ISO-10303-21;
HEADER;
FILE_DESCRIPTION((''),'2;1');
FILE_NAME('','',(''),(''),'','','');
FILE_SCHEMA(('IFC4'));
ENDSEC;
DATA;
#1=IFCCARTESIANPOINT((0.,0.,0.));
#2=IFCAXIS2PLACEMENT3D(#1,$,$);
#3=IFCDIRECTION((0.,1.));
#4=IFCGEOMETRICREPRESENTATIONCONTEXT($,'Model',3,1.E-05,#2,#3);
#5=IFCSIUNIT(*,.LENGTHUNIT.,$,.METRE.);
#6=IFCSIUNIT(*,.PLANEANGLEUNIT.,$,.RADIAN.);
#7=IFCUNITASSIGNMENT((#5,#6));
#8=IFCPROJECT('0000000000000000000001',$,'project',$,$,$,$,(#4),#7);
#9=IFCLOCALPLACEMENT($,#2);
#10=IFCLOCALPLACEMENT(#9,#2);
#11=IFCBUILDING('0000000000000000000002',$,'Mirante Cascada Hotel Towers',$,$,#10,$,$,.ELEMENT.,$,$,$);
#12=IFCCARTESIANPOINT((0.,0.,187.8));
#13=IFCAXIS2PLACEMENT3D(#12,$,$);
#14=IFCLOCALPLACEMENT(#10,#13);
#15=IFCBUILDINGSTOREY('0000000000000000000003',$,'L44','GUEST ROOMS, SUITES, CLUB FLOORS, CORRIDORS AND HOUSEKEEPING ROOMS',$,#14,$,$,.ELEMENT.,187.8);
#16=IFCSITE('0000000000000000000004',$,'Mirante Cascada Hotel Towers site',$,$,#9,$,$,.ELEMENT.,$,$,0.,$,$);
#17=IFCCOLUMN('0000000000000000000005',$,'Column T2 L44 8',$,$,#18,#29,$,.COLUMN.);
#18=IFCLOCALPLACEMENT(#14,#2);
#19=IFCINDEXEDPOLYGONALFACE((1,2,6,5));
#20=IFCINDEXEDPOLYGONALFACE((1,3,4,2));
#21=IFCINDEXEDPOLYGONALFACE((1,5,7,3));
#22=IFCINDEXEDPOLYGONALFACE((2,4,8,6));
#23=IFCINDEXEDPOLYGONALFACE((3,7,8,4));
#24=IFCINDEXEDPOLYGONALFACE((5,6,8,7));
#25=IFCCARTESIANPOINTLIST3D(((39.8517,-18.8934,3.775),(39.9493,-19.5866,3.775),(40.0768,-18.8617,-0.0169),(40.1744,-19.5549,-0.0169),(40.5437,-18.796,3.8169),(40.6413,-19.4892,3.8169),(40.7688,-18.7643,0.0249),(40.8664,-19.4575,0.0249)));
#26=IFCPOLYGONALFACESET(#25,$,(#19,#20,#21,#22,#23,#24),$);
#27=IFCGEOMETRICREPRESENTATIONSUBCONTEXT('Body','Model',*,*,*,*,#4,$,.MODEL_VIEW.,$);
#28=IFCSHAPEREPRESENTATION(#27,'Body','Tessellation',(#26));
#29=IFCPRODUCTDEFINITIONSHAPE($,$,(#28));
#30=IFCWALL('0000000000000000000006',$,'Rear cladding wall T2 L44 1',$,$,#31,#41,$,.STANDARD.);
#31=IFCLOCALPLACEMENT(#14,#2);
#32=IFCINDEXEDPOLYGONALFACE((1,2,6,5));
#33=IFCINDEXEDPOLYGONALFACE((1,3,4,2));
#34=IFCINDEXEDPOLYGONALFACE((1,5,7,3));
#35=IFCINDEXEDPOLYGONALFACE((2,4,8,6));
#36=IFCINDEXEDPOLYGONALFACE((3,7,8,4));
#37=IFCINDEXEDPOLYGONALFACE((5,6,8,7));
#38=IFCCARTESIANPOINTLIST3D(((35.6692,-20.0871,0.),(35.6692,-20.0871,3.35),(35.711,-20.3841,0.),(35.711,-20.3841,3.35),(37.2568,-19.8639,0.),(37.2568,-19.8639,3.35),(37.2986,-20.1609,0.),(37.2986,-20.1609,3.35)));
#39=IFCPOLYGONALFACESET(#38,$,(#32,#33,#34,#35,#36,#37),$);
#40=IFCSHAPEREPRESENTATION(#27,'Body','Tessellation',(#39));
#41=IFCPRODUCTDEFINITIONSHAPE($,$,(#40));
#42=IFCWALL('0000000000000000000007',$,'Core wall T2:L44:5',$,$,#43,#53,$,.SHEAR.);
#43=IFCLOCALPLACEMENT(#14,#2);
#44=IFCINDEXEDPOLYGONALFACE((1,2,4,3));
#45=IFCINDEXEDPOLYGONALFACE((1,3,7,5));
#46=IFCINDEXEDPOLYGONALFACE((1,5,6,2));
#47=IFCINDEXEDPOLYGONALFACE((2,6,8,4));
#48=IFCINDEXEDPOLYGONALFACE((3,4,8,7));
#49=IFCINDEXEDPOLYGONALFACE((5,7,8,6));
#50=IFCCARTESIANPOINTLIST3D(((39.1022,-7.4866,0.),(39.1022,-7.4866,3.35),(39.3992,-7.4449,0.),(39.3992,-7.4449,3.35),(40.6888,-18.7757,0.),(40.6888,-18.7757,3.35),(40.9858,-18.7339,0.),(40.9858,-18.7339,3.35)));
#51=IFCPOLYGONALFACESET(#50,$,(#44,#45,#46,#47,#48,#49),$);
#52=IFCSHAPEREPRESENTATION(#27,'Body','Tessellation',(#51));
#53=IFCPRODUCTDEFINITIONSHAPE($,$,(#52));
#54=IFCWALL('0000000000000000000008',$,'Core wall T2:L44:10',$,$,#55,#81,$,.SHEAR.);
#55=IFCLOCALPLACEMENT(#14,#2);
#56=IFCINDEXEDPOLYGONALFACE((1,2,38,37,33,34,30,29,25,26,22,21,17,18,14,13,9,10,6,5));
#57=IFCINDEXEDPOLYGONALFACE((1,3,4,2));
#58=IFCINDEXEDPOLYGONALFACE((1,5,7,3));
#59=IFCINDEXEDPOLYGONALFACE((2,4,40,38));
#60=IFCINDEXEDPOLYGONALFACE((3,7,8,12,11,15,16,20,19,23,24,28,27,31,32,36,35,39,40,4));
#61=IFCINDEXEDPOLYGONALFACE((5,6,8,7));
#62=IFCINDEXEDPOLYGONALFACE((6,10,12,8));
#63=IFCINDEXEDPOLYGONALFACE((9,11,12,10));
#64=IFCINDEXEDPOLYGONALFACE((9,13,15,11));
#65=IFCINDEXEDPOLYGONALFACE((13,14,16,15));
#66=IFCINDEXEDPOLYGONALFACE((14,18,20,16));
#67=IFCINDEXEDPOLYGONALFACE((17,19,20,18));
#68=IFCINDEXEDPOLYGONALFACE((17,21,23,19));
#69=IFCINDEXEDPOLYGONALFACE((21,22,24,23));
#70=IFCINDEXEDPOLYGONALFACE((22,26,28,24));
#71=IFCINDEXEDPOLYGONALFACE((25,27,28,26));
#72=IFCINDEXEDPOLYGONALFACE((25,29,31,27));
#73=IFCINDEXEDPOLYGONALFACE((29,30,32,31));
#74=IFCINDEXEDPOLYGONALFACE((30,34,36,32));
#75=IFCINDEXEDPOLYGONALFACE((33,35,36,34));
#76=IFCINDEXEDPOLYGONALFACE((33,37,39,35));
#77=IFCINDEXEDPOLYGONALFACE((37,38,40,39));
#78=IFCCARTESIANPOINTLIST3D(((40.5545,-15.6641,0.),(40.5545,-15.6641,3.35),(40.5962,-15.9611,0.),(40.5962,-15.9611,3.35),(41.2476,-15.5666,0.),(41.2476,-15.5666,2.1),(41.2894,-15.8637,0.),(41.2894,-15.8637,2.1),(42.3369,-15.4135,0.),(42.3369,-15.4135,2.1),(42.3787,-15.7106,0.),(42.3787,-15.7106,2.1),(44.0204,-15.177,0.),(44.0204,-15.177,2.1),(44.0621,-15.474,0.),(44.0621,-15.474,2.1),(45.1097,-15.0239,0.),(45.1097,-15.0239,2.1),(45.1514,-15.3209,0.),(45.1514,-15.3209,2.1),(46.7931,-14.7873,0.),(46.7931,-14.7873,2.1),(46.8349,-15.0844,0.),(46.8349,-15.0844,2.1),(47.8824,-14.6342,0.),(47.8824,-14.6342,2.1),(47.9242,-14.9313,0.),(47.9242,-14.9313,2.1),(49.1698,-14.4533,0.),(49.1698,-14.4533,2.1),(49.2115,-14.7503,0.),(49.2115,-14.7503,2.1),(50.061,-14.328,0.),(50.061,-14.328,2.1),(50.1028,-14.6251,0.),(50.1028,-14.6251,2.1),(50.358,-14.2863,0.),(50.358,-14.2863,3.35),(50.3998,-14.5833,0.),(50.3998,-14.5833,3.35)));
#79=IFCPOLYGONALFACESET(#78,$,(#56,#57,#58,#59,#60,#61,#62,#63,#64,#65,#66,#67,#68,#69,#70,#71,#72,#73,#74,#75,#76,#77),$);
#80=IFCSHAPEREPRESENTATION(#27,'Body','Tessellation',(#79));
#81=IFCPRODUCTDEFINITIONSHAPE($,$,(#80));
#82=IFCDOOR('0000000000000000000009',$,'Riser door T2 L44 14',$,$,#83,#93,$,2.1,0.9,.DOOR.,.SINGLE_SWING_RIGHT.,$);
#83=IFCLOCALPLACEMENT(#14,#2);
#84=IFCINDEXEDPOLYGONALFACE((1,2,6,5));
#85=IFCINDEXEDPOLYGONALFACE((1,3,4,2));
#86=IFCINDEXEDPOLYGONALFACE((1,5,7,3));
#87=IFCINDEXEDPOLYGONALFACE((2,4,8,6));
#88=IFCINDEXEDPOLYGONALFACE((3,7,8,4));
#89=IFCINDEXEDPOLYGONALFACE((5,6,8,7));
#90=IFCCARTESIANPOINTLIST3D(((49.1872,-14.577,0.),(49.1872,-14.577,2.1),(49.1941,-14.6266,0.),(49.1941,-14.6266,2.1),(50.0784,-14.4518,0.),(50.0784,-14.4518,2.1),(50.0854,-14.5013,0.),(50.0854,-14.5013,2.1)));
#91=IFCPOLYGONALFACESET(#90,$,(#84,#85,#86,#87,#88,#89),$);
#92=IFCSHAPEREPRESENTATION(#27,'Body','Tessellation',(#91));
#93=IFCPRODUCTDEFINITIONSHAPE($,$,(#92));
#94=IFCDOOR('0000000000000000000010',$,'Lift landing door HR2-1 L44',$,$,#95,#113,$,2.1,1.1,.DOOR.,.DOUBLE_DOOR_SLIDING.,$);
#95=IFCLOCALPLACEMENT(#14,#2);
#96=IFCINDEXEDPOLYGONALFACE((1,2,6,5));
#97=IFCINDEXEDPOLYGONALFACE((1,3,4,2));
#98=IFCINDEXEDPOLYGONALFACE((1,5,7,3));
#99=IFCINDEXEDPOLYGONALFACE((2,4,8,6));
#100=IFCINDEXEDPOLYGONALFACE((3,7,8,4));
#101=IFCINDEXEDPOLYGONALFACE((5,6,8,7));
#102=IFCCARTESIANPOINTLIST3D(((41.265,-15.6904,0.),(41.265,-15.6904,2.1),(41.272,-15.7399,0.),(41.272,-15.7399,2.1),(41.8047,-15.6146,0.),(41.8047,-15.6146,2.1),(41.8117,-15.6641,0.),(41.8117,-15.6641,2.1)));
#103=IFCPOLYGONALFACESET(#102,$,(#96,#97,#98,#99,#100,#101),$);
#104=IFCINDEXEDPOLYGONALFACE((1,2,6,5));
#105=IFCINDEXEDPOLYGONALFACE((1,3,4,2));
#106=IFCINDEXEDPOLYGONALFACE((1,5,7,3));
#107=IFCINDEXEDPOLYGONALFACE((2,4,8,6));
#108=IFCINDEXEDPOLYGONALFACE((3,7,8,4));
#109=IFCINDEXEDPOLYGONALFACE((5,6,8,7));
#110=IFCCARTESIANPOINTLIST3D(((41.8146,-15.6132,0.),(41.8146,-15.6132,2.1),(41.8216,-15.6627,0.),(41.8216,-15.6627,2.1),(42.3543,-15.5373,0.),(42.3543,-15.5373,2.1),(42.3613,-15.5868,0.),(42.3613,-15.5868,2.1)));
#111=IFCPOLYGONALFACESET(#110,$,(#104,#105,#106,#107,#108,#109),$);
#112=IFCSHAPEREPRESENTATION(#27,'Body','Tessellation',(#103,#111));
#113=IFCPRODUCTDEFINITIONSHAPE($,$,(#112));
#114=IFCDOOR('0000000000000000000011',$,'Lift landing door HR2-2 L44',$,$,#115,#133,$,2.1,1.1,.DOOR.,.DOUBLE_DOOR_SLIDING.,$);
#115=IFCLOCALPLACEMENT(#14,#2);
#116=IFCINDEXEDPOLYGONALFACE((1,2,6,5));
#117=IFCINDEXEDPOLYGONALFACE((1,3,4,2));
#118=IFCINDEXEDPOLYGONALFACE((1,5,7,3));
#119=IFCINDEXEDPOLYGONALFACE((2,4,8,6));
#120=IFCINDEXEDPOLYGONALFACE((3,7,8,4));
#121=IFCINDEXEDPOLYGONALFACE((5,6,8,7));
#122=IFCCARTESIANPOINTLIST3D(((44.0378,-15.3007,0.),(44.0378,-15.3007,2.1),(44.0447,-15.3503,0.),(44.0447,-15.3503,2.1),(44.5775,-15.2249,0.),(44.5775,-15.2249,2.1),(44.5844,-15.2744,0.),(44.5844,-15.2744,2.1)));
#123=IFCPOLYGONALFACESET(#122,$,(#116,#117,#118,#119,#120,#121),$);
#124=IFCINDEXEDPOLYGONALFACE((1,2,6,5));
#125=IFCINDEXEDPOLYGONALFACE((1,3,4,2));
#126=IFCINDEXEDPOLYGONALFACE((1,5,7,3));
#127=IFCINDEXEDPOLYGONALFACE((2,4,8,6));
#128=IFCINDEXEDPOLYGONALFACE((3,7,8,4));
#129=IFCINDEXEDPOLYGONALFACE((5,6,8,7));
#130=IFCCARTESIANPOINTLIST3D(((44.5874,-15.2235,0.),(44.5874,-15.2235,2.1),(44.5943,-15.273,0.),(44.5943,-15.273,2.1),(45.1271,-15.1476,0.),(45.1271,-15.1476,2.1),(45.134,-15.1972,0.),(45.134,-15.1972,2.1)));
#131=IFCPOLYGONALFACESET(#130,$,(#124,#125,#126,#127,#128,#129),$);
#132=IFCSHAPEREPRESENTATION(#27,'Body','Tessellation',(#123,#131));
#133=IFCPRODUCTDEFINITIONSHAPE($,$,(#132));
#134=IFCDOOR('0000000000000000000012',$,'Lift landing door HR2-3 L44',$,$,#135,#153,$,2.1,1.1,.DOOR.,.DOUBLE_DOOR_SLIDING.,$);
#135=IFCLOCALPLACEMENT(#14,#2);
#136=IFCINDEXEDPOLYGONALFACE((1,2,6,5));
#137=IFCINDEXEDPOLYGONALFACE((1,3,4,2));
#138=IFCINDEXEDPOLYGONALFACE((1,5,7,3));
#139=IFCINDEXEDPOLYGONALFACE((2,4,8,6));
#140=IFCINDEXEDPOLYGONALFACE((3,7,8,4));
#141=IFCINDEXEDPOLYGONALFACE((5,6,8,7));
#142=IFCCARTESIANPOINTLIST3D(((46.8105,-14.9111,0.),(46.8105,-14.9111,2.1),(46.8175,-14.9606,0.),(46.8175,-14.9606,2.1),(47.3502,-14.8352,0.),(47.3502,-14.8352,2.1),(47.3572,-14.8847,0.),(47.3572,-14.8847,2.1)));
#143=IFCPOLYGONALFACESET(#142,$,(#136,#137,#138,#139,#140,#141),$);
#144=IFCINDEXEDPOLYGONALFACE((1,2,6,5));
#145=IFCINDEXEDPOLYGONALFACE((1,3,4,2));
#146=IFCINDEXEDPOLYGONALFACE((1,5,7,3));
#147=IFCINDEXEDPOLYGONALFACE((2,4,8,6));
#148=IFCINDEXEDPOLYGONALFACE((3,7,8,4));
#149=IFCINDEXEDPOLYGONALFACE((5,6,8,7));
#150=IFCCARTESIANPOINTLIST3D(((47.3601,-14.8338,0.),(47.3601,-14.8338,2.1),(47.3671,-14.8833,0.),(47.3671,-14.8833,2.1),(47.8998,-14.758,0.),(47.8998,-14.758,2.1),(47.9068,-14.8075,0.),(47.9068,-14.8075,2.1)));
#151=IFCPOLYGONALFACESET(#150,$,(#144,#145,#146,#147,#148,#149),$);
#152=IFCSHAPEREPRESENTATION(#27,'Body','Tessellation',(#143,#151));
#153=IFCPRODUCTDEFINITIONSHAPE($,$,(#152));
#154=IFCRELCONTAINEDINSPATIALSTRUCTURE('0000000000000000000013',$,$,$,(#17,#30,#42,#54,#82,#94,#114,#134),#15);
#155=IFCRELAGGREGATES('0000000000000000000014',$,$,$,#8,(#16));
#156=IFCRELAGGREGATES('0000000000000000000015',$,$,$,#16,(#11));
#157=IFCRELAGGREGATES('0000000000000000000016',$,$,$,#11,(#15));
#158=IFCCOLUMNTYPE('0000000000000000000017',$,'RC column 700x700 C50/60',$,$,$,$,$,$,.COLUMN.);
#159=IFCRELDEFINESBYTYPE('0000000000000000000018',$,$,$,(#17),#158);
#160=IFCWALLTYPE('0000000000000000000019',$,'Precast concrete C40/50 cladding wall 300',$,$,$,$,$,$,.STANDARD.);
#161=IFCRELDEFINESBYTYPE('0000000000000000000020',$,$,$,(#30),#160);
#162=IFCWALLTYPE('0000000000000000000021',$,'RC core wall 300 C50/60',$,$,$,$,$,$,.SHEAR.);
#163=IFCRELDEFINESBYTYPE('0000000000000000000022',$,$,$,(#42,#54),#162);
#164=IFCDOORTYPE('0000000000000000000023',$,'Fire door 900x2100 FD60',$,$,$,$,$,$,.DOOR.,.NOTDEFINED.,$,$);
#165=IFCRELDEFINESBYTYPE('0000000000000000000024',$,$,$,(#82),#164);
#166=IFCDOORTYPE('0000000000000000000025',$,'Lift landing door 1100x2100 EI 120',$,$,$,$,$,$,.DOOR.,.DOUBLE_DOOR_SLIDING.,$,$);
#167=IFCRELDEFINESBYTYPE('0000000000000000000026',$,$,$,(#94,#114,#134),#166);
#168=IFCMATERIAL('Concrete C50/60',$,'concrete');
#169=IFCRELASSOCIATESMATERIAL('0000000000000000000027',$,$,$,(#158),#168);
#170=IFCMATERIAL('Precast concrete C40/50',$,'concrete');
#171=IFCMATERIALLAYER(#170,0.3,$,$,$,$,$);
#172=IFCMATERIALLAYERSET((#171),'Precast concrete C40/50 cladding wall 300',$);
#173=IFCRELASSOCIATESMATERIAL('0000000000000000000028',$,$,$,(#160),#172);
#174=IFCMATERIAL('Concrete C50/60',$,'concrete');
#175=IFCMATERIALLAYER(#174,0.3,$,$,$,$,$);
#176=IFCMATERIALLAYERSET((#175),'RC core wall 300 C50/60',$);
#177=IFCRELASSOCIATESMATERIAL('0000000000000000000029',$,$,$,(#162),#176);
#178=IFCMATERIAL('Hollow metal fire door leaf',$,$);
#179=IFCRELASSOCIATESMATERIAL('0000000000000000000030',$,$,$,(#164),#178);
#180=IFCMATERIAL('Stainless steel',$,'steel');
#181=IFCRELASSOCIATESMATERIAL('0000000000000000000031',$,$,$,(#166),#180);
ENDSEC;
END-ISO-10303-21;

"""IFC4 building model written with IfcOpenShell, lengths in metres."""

from ifc_helpers import new_model, si_unit, direction, frame, frame_2d, origin, origin_2d, place, context, subcontext, project, spatial, rectangle, extrude, material, layer, layer_set, material_profile, profile_set, type_object, element, fill, save


model = new_model("IFC4")

# Units and contexts
model_context = context("Model", 3, precision=1e-05, world=origin(), true_north=direction((0.0, 1.0)))
body_context = subcontext(model_context, "Body", "Model", "MODEL_VIEW")
ifc_project = project(units=[si_unit("LENGTHUNIT", "METRE"), si_unit("PLANEANGLEUNIT", "RADIAN")], contexts=[model_context])

# Site, building, storey
site_placement = place(None, origin())
site = spatial("IfcSite", under=ifc_project, at=site_placement, Name="Mirante Cascada Hotel Towers site", CompositionType="ELEMENT", RefElevation=0.0)
building_placement = place(site_placement, origin())
building = spatial("IfcBuilding", under=site, at=building_placement, Name="Mirante Cascada Hotel Towers", CompositionType="ELEMENT")
storey_placement = place(building_placement, frame((0.0, 0.0, 187.8)))
storey = spatial("IfcBuildingStorey", under=building, at=storey_placement, Name="L44", Description="GUEST ROOMS, SUITES, CLUB FLOORS, CORRIDORS AND HOUSEKEEPING ROOMS", CompositionType="ELEMENT", Elevation=187.8)

# Column
ifc_material_1 = material(Name="Concrete C50/60", Category="concrete")
ifc_material_profile = material_profile(ifc_material_1, rectangle(XDim=0.7, YDim=0.7, at=origin_2d()), Name="RC column 700x700 C50/60")
ifc_profile_set = profile_set([ifc_material_profile], Name="Concrete C50/60")
column_type = type_object("IfcColumnType", Name="RC column 700x700 C50/60", PredefinedType="COLUMN", material=ifc_profile_set)
column_placement = place(storey_placement, frame((40.4716, -19.1596, 0.004), z_axis=(-0.059255, -0.008345, 0.998208), x_axis=(0.13945, -0.990229, 0.0)))
element("IfcColumn", 1, at=column_placement, inside=storey, type_object=column_type, Name="Column T2 L44 8", PredefinedType="COLUMN", context=body_context, shape_type="SweptSolid", body=[
    extrude(rectangle(XDim=0.7, YDim=0.7, at=origin_2d()), origin(), (0.0, 0.0, 1.0), 3.7988),
])

# Walls
ifc_material_2 = material(Name="Precast concrete C40/50", Category="concrete")
ifc_layer_1 = layer(ifc_material_2, 0.3)
ifc_layer_set_1 = layer_set([ifc_layer_1], Name="Precast concrete C40/50 cladding wall 300")
wall_type_1 = type_object("IfcWallType", Name="Precast concrete C40/50 cladding wall 300", PredefinedType="STANDARD", material=ifc_layer_set_1)
wall_1_placement = place(storey_placement, frame((35.6901, -20.2356, 0.0), z_axis=(0.0, 0.0, 1.0), x_axis=(0.990261, 0.13922, 0.0)))
element("IfcWall", 2, at=wall_1_placement, inside=storey, type_object=wall_type_1, Name="Rear cladding wall T2 L44 1", PredefinedType="STANDARD", context=body_context, shape_type="SweptSolid", body=[
    extrude(rectangle(XDim=1.6032, YDim=0.3, at=frame_2d((0.8016, 0.0))), origin(), (0.0, 0.0, 1.0), 3.35),
])
ifc_material_3 = material(Name="Concrete C50/60", Category="concrete")
ifc_layer_2 = layer(ifc_material_3, 0.3)
ifc_layer_set_2 = layer_set([ifc_layer_2], Name="RC core wall 300 C50/60")
wall_type_2 = type_object("IfcWallType", Name="RC core wall 300 C50/60", PredefinedType="SHEAR", material=ifc_layer_set_2)
wall_2_placement = place(storey_placement, frame((40.8373, -18.7548, 0.0), z_axis=(0.0, 0.0, 1.0), x_axis=(-0.139175, 0.990268, 0.0)))
element("IfcWall", 3, at=wall_2_placement, inside=storey, type_object=wall_type_2, Name="Core wall T2:L44:5", PredefinedType="SHEAR", context=body_context, shape_type="SweptSolid", body=[
    extrude(rectangle(XDim=11.4, YDim=0.3, at=frame_2d((5.7, 0.0))), origin(), (0.0, 0.0, 1.0), 3.35),
])

# Wall, openings, doors
wall_3_placement = place(storey_placement, frame((40.5753, -15.8126, 0.0), z_axis=(0.0, 0.0, 1.0), x_axis=(0.990268, 0.139173, 0.0)))
wall_3 = element("IfcWall", 4, at=wall_3_placement, inside=storey, type_object=wall_type_2, Name="Core wall T2:L44:10", PredefinedType="SHEAR", context=body_context, shape_type="SweptSolid", body=[
    extrude(rectangle(XDim=9.8999, YDim=0.3, at=frame_2d((4.95, 0.0))), origin(), (0.0, 0.0, 1.0), 3.35),
])
opening_1_placement = place(wall_3_placement, frame((0.7, 0.0, 0.0)))
opening_1 = element("IfcOpeningElement", 5, at=opening_1_placement, cuts=wall_3, PredefinedType="OPENING", context=body_context, shape_type="SweptSolid", body=[
    extrude(rectangle(XDim=1.1, YDim=2.1, at=frame_2d((0.55, 1.05))), frame((0.0, 0.15, 0.0), z_axis=(0.0, -1.0, 0.0), x_axis=(1.0, 0.0, 0.0)), (0.0, 0.0, 1.0), 0.3),
])
opening_2_placement = place(wall_3_placement, frame((3.5, 0.0, 0.0)))
opening_2 = element("IfcOpeningElement", 6, at=opening_2_placement, cuts=wall_3, PredefinedType="OPENING", context=body_context, shape_type="SweptSolid", body=[
    extrude(rectangle(XDim=1.1, YDim=2.1, at=frame_2d((0.55, 1.05))), frame((0.0, 0.15, 0.0), z_axis=(0.0, -1.0, 0.0), x_axis=(1.0, 0.0, 0.0)), (0.0, 0.0, 1.0), 0.3),
])
opening_3_placement = place(wall_3_placement, frame((6.3, 0.0, 0.0)))
opening_3 = element("IfcOpeningElement", 7, at=opening_3_placement, cuts=wall_3, PredefinedType="OPENING", context=body_context, shape_type="SweptSolid", body=[
    extrude(rectangle(XDim=1.1, YDim=2.1, at=frame_2d((0.55, 1.05))), frame((0.0, 0.15, 0.0), z_axis=(0.0, -1.0, 0.0), x_axis=(1.0, 0.0, 0.0)), (0.0, 0.0, 1.0), 0.3),
])
opening_4_placement = place(wall_3_placement, frame((8.7, 0.0, 0.0)))
opening_4 = element("IfcOpeningElement", 8, at=opening_4_placement, cuts=wall_3, PredefinedType="OPENING", context=body_context, shape_type="SweptSolid", body=[
    extrude(rectangle(XDim=0.9, YDim=2.1, at=frame_2d((0.45, 1.05))), frame((0.0, 0.15, 0.0), z_axis=(0.0, -1.0, 0.0), x_axis=(1.0, 0.0, 0.0)), (0.0, 0.0, 1.0), 0.3),
])
ifc_material_4 = material(Name="Hollow metal fire door leaf")
door_type_1 = type_object("IfcDoorType", Name="Fire door 900x2100 FD60", OperationType="NOTDEFINED", PredefinedType="DOOR", material=ifc_material_4)
door_1_placement = place(opening_4_placement, frame((0.9, 0.0, 0.0), z_axis=(0.0, 0.0, 1.0), x_axis=(-1.0, 0.0, 0.0)))
door_1 = element("IfcDoor", 9, at=door_1_placement, inside=storey, type_object=door_type_1, Name="Riser door T2 L44 14", OperationType="SINGLE_SWING_RIGHT", OverallHeight=2.1, OverallWidth=0.9, PredefinedType="DOOR", context=body_context, shape_type="SweptSolid", body=[
    extrude(rectangle(XDim=0.9, YDim=2.1, at=frame_2d((0.45, 1.05))), frame((0.0, 0.025, 0.0), z_axis=(0.0, -1.0, 0.0), x_axis=(1.0, 0.0, 0.0)), (0.0, 0.0, 1.0), 0.05),
])
fill(opening_4, door_1)
ifc_material_5 = material(Name="Stainless steel", Category="steel")
door_type_2 = type_object("IfcDoorType", Name="Lift landing door 1100x2100 EI 120", OperationType="DOUBLE_DOOR_SLIDING", PredefinedType="DOOR", material=ifc_material_5)
door_2_placement = place(opening_1_placement, origin())
door_2 = element("IfcDoor", 10, at=door_2_placement, inside=storey, type_object=door_type_2, Name="Lift landing door HR2-1 L44", OperationType="DOUBLE_DOOR_SLIDING", OverallHeight=2.1, OverallWidth=1.1, PredefinedType="DOOR", context=body_context, shape_type="SweptSolid", body=[
    extrude(rectangle(XDim=0.545, YDim=2.1, at=frame_2d((0.2725, 1.05))), frame((0.0, 0.025, 0.0), z_axis=(0.0, -1.0, 0.0), x_axis=(1.0, 0.0, 0.0)), (0.0, 0.0, 1.0), 0.05),
    extrude(rectangle(XDim=0.545, YDim=2.1, at=frame_2d((0.8275, 1.05))), frame((0.0, 0.025, 0.0), z_axis=(0.0, -1.0, 0.0), x_axis=(1.0, 0.0, 0.0)), (0.0, 0.0, 1.0), 0.05),
])
fill(opening_1, door_2)
door_3_placement = place(opening_2_placement, origin())
door_3 = element("IfcDoor", 11, at=door_3_placement, inside=storey, type_object=door_type_2, Name="Lift landing door HR2-2 L44", OperationType="DOUBLE_DOOR_SLIDING", OverallHeight=2.1, OverallWidth=1.1, PredefinedType="DOOR", context=body_context, shape_type="SweptSolid", body=[
    extrude(rectangle(XDim=0.545, YDim=2.1, at=frame_2d((0.2725, 1.05))), frame((0.0, 0.025, 0.0), z_axis=(0.0, -1.0, 0.0), x_axis=(1.0, 0.0, 0.0)), (0.0, 0.0, 1.0), 0.05),
    extrude(rectangle(XDim=0.545, YDim=2.1, at=frame_2d((0.8275, 1.05))), frame((0.0, 0.025, 0.0), z_axis=(0.0, -1.0, 0.0), x_axis=(1.0, 0.0, 0.0)), (0.0, 0.0, 1.0), 0.05),
])
fill(opening_2, door_3)
door_4_placement = place(opening_3_placement, origin())
door_4 = element("IfcDoor", 12, at=door_4_placement, inside=storey, type_object=door_type_2, Name="Lift landing door HR2-3 L44", OperationType="DOUBLE_DOOR_SLIDING", OverallHeight=2.1, OverallWidth=1.1, PredefinedType="DOOR", context=body_context, shape_type="SweptSolid", body=[
    extrude(rectangle(XDim=0.545, YDim=2.1, at=frame_2d((0.2725, 1.05))), frame((0.0, 0.025, 0.0), z_axis=(0.0, -1.0, 0.0), x_axis=(1.0, 0.0, 0.0)), (0.0, 0.0, 1.0), 0.05),
    extrude(rectangle(XDim=0.545, YDim=2.1, at=frame_2d((0.8275, 1.05))), frame((0.0, 0.025, 0.0), z_axis=(0.0, -1.0, 0.0), x_axis=(1.0, 0.0, 0.0)), (0.0, 0.0, 1.0), 0.05),
])
fill(opening_3, door_4)

save(model, "model.ifc")
